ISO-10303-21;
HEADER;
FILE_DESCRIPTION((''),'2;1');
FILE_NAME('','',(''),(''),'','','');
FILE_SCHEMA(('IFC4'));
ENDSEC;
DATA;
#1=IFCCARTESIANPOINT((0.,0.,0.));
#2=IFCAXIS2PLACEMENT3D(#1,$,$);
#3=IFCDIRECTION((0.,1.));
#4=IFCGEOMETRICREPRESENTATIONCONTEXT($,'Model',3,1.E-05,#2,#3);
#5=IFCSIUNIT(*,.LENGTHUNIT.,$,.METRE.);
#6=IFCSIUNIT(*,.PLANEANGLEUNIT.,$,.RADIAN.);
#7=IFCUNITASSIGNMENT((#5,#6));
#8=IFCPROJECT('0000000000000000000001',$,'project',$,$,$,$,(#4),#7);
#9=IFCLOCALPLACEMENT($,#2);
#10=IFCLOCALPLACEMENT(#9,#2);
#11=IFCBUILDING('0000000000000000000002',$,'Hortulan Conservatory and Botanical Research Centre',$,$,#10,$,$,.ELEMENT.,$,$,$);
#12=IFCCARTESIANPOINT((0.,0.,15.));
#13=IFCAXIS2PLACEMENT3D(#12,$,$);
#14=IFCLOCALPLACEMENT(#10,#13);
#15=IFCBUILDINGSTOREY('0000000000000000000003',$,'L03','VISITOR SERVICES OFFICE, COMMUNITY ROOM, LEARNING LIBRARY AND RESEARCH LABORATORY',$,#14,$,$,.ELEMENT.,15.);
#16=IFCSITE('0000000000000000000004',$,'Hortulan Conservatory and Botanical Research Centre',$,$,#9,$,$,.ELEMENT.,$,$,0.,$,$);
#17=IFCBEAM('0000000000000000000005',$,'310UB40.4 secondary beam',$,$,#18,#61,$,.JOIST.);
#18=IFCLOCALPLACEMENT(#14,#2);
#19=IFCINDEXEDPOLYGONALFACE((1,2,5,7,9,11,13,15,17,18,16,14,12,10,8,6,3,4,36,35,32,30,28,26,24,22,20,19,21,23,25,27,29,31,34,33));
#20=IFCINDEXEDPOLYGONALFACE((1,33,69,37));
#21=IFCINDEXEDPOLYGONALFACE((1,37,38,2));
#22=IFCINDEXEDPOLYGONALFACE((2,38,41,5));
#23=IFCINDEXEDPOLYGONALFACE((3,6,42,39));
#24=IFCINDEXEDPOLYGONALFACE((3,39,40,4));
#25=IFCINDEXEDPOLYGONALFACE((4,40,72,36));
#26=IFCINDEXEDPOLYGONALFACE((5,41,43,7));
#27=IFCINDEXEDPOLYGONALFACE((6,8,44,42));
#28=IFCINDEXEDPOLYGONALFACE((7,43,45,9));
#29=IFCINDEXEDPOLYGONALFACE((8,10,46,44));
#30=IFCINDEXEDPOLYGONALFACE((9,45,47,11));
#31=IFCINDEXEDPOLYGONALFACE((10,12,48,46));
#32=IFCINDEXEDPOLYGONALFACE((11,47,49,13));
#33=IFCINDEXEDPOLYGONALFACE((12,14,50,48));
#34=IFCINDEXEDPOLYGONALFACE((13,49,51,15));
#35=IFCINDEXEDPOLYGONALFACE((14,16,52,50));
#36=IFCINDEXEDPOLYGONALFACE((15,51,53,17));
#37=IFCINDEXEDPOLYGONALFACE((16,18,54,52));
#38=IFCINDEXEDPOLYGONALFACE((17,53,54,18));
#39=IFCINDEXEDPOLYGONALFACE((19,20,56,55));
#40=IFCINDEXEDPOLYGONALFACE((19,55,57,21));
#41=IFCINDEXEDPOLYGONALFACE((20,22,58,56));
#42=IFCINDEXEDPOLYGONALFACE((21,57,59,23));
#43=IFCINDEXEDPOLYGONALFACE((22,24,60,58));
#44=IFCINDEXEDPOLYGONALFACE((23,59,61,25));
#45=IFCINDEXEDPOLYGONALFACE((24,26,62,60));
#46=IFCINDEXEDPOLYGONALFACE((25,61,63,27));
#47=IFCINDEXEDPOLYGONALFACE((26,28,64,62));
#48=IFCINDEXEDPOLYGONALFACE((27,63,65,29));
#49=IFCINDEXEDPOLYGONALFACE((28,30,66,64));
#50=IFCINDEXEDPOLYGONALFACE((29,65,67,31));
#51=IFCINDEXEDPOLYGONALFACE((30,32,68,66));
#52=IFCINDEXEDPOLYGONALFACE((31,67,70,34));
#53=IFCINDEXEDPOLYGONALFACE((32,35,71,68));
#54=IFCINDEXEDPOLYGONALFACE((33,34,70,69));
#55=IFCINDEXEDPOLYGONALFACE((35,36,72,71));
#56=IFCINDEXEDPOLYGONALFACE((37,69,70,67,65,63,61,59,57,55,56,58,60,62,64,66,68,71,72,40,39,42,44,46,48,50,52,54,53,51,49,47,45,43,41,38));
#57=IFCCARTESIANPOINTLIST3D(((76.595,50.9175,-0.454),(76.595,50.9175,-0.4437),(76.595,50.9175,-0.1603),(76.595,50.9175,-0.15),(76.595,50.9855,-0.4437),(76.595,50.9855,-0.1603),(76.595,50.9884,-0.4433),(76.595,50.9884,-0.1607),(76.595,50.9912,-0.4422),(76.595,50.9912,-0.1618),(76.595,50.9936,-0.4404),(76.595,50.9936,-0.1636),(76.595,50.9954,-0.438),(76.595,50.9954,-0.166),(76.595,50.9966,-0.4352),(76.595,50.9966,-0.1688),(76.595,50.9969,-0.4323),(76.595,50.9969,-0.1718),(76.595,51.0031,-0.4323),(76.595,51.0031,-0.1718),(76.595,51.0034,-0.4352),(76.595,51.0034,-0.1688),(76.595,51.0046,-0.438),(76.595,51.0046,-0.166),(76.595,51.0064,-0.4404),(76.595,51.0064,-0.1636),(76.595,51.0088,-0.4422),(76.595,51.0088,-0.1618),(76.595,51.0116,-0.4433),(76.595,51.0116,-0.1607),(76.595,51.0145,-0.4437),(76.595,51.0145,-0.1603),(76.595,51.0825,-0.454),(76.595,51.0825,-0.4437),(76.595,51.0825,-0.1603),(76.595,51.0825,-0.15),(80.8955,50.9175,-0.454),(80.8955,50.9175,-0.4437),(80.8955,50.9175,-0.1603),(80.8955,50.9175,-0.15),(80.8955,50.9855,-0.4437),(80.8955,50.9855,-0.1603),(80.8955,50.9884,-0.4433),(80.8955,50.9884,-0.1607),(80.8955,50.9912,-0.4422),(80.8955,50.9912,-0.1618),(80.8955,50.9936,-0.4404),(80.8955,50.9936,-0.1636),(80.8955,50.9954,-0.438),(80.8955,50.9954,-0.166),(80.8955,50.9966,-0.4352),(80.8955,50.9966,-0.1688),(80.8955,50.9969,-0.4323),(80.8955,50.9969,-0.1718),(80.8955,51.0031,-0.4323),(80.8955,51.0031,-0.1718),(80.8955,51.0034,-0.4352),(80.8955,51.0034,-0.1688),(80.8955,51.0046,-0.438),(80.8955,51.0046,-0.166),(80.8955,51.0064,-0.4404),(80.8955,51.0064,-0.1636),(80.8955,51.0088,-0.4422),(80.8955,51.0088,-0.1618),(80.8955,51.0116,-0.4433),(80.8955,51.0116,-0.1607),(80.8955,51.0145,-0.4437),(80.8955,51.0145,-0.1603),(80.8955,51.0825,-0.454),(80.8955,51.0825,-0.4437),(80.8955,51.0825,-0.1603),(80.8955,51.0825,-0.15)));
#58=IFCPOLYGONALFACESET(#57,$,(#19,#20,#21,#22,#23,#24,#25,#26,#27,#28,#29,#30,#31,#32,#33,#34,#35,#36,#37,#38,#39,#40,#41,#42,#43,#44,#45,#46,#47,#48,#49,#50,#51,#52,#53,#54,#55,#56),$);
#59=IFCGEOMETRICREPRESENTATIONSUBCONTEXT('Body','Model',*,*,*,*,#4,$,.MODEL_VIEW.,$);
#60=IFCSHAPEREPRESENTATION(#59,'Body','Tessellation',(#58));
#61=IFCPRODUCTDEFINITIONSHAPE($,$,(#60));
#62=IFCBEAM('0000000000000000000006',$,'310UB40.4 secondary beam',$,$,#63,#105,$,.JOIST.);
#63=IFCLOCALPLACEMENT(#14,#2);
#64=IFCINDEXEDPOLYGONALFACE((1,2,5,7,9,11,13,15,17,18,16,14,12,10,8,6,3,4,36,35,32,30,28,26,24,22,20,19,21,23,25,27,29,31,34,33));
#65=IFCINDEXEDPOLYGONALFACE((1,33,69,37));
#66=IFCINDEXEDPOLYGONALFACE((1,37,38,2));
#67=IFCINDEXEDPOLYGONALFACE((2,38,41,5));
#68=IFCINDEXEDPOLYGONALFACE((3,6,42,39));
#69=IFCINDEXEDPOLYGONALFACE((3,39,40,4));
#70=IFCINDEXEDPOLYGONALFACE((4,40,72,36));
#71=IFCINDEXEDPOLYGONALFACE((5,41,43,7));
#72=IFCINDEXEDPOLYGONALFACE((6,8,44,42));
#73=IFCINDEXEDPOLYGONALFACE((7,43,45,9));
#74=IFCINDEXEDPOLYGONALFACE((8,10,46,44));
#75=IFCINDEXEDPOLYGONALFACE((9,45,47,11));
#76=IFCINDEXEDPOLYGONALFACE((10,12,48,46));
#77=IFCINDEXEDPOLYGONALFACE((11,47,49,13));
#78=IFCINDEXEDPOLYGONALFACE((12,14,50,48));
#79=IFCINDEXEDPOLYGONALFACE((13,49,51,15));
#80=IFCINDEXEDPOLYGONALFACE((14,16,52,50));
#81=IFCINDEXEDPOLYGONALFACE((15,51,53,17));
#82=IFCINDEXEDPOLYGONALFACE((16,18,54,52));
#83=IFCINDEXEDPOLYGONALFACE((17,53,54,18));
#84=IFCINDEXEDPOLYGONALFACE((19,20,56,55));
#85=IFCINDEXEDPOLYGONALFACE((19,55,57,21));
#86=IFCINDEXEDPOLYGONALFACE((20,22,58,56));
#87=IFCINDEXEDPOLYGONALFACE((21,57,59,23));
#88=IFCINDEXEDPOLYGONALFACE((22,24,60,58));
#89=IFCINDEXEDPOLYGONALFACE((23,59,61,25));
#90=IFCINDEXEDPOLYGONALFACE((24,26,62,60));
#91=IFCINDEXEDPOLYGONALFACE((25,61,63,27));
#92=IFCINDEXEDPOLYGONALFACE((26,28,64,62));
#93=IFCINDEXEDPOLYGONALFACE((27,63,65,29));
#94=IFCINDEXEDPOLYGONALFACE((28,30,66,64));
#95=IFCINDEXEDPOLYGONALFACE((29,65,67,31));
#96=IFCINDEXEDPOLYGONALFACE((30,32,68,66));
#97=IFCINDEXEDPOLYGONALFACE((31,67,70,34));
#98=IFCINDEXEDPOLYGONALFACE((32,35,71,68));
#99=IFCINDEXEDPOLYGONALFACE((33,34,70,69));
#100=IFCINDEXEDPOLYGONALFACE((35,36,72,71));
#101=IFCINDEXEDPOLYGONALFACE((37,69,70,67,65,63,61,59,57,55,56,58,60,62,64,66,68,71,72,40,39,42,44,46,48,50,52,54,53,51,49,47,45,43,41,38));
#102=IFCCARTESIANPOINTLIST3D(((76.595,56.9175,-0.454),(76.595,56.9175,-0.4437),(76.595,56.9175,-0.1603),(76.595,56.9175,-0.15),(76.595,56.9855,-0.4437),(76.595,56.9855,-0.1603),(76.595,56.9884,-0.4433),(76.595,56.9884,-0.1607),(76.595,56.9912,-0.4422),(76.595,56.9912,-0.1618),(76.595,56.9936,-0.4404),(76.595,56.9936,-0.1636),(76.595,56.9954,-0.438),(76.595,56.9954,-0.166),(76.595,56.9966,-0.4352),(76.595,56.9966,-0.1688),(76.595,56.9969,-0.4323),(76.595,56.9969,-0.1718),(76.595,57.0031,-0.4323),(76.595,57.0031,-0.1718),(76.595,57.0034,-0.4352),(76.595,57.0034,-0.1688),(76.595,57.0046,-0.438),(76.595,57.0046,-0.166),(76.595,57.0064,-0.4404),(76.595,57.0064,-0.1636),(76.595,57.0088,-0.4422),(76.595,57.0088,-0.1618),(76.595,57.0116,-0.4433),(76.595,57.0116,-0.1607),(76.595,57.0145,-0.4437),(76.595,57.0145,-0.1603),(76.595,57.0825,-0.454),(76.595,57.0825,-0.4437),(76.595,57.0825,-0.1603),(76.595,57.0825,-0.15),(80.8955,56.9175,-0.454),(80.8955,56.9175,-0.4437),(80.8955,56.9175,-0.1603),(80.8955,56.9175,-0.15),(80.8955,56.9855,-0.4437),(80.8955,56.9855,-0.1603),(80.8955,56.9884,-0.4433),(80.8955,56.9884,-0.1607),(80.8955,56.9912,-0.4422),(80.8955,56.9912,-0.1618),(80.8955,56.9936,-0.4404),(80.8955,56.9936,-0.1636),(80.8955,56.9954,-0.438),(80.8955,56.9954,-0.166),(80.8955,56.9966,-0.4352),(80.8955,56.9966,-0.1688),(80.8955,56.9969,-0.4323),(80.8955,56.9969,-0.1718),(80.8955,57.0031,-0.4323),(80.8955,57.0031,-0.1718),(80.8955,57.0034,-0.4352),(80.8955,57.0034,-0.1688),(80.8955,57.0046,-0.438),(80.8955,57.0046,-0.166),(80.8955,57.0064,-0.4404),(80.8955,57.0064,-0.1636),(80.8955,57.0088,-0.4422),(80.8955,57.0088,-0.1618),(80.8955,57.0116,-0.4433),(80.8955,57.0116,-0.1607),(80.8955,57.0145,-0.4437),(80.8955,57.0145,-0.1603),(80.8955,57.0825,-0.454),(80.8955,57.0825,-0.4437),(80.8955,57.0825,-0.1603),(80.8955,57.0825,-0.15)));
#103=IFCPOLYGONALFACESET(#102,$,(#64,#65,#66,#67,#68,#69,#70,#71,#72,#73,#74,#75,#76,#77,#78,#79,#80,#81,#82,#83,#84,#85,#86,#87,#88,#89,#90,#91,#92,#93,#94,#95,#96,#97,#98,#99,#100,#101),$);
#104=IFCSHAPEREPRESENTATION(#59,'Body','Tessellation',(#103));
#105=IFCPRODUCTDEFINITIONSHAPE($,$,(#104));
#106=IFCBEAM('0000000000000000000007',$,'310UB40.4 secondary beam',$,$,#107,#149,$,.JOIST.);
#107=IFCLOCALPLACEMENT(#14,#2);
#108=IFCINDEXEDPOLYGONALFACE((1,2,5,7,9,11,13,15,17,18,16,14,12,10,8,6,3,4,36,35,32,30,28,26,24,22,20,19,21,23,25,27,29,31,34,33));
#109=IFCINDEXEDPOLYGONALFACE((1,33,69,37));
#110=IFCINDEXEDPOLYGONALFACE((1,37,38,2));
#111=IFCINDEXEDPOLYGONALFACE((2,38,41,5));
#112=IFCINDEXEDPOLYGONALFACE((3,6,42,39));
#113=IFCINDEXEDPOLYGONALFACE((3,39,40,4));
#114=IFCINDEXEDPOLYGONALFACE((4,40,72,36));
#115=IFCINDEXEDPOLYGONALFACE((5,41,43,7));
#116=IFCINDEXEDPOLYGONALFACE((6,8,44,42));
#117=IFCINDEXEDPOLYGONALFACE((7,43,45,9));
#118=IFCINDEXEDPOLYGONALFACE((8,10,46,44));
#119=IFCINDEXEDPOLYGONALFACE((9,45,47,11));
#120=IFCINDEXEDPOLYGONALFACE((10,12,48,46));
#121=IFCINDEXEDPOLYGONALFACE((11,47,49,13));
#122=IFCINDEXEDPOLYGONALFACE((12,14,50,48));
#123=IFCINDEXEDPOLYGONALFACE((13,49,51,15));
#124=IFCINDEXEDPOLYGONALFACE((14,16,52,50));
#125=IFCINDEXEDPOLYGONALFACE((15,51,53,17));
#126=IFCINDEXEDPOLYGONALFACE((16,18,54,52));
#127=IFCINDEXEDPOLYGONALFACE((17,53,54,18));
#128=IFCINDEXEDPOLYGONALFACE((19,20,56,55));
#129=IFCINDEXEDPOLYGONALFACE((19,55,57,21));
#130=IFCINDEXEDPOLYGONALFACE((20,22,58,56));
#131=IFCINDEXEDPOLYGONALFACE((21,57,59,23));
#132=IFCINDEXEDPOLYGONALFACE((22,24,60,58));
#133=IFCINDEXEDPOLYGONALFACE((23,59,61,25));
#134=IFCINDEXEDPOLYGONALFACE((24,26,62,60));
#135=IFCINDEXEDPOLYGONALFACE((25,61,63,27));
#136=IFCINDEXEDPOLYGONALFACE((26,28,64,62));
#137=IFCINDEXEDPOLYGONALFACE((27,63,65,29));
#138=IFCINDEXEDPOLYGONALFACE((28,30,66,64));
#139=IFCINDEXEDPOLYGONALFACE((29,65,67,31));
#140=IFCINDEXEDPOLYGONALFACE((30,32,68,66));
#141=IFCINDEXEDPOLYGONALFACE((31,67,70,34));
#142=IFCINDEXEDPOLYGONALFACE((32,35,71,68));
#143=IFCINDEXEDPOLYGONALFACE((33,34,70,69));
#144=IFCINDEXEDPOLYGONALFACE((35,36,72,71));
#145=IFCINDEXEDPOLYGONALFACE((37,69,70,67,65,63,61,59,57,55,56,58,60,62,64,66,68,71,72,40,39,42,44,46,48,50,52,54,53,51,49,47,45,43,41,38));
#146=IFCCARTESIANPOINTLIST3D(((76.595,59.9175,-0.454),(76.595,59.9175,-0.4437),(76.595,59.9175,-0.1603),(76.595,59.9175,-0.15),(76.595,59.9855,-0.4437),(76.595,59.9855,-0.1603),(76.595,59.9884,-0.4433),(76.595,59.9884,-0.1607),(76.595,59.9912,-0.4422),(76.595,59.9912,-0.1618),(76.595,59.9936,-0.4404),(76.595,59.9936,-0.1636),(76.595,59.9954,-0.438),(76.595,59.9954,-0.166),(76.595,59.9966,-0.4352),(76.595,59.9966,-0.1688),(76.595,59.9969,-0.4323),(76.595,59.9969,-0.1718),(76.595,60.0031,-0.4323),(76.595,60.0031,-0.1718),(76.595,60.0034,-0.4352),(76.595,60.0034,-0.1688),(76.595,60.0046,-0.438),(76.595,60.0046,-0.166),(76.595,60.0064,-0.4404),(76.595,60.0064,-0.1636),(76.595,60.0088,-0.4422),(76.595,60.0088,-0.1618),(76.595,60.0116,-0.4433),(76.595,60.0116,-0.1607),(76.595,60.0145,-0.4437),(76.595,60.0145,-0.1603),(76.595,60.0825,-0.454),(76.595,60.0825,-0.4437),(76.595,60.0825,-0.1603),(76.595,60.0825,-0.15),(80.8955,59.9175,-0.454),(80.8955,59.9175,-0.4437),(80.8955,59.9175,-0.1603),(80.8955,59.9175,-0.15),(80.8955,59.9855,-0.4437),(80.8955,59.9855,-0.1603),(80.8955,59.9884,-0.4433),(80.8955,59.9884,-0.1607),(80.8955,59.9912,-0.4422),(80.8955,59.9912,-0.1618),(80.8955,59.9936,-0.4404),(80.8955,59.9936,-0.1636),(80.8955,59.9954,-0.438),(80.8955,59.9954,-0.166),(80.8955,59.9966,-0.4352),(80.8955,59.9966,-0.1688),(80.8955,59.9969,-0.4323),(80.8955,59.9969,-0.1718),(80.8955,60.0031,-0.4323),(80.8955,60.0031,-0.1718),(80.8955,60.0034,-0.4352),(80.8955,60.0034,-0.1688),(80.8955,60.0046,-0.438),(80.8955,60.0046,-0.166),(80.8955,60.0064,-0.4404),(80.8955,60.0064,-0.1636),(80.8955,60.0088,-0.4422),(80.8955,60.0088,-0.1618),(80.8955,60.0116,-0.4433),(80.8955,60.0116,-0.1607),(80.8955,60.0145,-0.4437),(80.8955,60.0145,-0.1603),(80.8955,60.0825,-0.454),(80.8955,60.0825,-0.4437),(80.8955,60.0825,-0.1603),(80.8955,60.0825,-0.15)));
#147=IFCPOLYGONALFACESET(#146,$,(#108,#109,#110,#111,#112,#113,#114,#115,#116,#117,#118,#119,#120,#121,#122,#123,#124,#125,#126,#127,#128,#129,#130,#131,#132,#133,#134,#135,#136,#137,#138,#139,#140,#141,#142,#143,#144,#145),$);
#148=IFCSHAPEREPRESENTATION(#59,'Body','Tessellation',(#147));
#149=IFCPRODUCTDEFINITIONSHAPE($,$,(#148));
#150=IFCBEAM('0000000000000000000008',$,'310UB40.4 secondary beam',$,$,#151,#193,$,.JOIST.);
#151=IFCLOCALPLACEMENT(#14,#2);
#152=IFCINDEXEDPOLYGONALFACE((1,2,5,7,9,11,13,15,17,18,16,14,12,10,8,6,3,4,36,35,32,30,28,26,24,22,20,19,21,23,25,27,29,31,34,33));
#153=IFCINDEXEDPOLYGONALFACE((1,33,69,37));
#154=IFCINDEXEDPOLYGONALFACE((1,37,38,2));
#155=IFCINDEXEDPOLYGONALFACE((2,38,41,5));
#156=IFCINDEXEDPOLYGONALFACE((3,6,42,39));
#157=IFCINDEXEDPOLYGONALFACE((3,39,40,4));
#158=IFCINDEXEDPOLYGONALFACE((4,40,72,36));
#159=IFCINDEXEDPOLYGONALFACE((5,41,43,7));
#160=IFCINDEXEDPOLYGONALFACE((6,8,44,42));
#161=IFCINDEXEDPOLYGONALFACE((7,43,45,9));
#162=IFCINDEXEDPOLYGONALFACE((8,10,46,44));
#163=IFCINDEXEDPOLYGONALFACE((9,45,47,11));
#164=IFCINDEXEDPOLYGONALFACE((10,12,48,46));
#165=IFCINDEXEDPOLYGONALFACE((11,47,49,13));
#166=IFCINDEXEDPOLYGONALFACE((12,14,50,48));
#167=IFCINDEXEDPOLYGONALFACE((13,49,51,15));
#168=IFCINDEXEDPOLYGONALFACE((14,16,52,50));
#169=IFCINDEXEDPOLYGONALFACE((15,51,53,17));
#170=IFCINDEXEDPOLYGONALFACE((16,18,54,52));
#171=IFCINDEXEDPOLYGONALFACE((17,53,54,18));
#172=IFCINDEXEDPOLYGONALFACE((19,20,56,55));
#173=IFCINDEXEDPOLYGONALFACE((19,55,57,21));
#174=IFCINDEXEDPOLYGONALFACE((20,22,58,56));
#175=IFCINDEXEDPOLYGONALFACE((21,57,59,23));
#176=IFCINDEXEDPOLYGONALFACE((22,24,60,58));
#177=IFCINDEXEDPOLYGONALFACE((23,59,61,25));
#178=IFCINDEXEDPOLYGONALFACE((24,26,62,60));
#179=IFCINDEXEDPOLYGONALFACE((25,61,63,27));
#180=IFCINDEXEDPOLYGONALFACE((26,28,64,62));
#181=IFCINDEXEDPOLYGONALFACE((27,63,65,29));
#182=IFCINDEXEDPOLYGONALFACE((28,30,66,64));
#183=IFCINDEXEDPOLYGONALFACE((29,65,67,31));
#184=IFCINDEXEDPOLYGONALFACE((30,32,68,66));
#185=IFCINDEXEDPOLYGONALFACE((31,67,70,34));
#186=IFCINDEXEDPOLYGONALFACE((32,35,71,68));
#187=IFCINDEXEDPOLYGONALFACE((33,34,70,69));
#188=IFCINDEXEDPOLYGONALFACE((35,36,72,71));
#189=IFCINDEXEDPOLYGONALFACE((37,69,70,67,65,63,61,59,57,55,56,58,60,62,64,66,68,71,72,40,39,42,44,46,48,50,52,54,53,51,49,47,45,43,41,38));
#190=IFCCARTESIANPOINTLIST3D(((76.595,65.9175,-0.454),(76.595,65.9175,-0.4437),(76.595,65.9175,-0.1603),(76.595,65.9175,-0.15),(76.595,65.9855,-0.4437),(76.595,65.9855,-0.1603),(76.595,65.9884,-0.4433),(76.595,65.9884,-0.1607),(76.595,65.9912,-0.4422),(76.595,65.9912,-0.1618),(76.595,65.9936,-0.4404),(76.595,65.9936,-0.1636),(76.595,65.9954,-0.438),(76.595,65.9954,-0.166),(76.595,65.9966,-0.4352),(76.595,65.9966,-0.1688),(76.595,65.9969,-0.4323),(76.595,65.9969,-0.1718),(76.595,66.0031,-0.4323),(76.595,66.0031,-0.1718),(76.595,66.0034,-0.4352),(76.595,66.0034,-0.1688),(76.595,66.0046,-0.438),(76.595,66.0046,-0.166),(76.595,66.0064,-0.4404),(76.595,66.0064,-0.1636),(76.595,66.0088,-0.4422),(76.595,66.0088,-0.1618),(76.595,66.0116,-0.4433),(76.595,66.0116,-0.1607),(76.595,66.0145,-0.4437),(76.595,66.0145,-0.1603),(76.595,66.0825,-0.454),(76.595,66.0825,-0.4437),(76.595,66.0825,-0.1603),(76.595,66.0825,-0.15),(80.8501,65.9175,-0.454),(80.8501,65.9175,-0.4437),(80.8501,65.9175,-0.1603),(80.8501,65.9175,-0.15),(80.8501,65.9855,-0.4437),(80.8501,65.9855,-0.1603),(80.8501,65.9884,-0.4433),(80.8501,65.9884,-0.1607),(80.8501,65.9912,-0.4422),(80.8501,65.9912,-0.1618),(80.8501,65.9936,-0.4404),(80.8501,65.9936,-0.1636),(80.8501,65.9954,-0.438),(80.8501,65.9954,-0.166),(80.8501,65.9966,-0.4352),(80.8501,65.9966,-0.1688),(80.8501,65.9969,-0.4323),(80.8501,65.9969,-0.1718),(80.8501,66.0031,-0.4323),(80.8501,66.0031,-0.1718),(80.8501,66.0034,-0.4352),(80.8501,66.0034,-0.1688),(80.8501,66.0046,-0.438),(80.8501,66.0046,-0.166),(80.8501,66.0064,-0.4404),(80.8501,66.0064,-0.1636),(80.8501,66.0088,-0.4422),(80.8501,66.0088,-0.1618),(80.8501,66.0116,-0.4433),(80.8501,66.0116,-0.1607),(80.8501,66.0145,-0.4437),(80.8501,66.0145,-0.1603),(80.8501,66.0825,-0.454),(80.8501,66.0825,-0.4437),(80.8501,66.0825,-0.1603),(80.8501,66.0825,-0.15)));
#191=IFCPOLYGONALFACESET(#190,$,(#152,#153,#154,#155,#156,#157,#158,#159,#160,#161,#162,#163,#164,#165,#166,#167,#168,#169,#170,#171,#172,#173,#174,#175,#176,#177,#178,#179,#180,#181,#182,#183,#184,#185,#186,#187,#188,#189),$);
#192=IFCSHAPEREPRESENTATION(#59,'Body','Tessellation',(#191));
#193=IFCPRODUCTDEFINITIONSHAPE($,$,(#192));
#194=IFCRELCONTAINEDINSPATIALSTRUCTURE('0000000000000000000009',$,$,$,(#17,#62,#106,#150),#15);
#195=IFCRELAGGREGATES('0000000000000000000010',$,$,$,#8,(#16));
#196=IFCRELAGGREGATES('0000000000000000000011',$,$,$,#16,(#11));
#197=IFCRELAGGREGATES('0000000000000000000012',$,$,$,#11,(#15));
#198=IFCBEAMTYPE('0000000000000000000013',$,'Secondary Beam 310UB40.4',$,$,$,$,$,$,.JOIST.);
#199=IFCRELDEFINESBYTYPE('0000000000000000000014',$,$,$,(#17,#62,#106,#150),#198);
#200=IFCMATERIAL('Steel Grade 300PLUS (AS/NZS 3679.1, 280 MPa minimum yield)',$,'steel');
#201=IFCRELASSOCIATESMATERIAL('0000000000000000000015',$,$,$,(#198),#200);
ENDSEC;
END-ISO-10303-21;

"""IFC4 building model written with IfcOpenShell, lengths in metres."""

from ifc_helpers import new_model, si_unit, direction, frame, origin, origin_2d, place, context, subcontext, project, spatial, i_section, extrude, material, material_profile, profile_set, type_object, element, save


model = new_model("IFC4")

# Units and contexts
model_context = context("Model", 3, precision=1e-05, world=origin(), true_north=direction((0.0, 1.0)))
body_context = subcontext(model_context, "Body", "Model", "MODEL_VIEW")
ifc_project = project(units=[si_unit("LENGTHUNIT", "METRE"), si_unit("PLANEANGLEUNIT", "RADIAN")], contexts=[model_context])

# Site, building, storey
site_placement = place(None, origin())
site = spatial("IfcSite", under=ifc_project, at=site_placement, Name="Hortulan Conservatory and Botanical Research Centre", CompositionType="ELEMENT", RefElevation=0.0)
building_placement = place(site_placement, origin())
building = spatial("IfcBuilding", under=site, at=building_placement, Name="Hortulan Conservatory and Botanical Research Centre", CompositionType="ELEMENT")
storey_placement = place(building_placement, frame((0.0, 0.0, 15.0)))
storey = spatial("IfcBuildingStorey", under=building, at=storey_placement, Name="L03", Description="VISITOR SERVICES OFFICE, COMMUNITY ROOM, LEARNING LIBRARY AND RESEARCH LABORATORY", CompositionType="ELEMENT", Elevation=15.0)

# Beams
ifc_material_1 = material(Name="Steel Grade 300PLUS (AS/NZS 3679.1, 280 MPa minimum yield)", Category="steel")
ifc_material_profile_1 = material_profile(ifc_material_1, i_section(OverallWidth=0.165, OverallDepth=0.304, WebThickness=0.0061, FlangeThickness=0.0103, FilletRadius=0.0115, at=origin_2d()), Name="310UB40.4")
ifc_profile_set_1 = profile_set([ifc_material_profile_1], Name="Steel Grade 300PLUS (AS/NZS 3679.1, 280 MPa minimum yield)")
beam_type_1 = type_object("IfcBeamType", Name="Secondary Beam 310UB40.4", PredefinedType="JOIST", material=ifc_profile_set_1)
for number, where, z_axis, x_axis, name in (
    (1, (76.595, 51.0, -0.302), (1.0, 0.0, 0.0), (0.0, 1.0, 0.0), "310UB40.4 secondary beam"),
    (2, (76.595, 57.0, -0.302), (1.0, 0.0, 0.0), (0.0, 1.0, 0.0), "310UB40.4 secondary beam"),
    (3, (76.595, 60.0, -0.302), (1.0, 0.0, 0.0), (0.0, 1.0, 0.0), "310UB40.4 secondary beam"),
):
    element("IfcBeam", number, at=place(storey_placement, frame(where, z_axis=z_axis, x_axis=x_axis)), inside=storey, type_object=beam_type_1, Name=name, PredefinedType="JOIST", context=body_context, shape_type="SweptSolid", body=[
        extrude(i_section(OverallWidth=0.165, OverallDepth=0.304, WebThickness=0.0061, FlangeThickness=0.0103, FilletRadius=0.0115, at=origin_2d()), origin(), (0.0, 0.0, 1.0), 4.3005),
    ])
for number, where, z_axis, x_axis, name in (
    (4, (76.595, 66.0, -0.302), (1.0, 0.0, 0.0), (0.0, 1.0, 0.0), "310UB40.4 secondary beam"),
):
    element("IfcBeam", number, at=place(storey_placement, frame(where, z_axis=z_axis, x_axis=x_axis)), inside=storey, type_object=beam_type_1, Name=name, PredefinedType="JOIST", context=body_context, shape_type="SweptSolid", body=[
        extrude(i_section(OverallWidth=0.165, OverallDepth=0.304, WebThickness=0.0061, FlangeThickness=0.0103, FilletRadius=0.0115, at=origin_2d()), origin(), (0.0, 0.0, 1.0), 4.2551),
    ])

save(model, "model.ifc")
